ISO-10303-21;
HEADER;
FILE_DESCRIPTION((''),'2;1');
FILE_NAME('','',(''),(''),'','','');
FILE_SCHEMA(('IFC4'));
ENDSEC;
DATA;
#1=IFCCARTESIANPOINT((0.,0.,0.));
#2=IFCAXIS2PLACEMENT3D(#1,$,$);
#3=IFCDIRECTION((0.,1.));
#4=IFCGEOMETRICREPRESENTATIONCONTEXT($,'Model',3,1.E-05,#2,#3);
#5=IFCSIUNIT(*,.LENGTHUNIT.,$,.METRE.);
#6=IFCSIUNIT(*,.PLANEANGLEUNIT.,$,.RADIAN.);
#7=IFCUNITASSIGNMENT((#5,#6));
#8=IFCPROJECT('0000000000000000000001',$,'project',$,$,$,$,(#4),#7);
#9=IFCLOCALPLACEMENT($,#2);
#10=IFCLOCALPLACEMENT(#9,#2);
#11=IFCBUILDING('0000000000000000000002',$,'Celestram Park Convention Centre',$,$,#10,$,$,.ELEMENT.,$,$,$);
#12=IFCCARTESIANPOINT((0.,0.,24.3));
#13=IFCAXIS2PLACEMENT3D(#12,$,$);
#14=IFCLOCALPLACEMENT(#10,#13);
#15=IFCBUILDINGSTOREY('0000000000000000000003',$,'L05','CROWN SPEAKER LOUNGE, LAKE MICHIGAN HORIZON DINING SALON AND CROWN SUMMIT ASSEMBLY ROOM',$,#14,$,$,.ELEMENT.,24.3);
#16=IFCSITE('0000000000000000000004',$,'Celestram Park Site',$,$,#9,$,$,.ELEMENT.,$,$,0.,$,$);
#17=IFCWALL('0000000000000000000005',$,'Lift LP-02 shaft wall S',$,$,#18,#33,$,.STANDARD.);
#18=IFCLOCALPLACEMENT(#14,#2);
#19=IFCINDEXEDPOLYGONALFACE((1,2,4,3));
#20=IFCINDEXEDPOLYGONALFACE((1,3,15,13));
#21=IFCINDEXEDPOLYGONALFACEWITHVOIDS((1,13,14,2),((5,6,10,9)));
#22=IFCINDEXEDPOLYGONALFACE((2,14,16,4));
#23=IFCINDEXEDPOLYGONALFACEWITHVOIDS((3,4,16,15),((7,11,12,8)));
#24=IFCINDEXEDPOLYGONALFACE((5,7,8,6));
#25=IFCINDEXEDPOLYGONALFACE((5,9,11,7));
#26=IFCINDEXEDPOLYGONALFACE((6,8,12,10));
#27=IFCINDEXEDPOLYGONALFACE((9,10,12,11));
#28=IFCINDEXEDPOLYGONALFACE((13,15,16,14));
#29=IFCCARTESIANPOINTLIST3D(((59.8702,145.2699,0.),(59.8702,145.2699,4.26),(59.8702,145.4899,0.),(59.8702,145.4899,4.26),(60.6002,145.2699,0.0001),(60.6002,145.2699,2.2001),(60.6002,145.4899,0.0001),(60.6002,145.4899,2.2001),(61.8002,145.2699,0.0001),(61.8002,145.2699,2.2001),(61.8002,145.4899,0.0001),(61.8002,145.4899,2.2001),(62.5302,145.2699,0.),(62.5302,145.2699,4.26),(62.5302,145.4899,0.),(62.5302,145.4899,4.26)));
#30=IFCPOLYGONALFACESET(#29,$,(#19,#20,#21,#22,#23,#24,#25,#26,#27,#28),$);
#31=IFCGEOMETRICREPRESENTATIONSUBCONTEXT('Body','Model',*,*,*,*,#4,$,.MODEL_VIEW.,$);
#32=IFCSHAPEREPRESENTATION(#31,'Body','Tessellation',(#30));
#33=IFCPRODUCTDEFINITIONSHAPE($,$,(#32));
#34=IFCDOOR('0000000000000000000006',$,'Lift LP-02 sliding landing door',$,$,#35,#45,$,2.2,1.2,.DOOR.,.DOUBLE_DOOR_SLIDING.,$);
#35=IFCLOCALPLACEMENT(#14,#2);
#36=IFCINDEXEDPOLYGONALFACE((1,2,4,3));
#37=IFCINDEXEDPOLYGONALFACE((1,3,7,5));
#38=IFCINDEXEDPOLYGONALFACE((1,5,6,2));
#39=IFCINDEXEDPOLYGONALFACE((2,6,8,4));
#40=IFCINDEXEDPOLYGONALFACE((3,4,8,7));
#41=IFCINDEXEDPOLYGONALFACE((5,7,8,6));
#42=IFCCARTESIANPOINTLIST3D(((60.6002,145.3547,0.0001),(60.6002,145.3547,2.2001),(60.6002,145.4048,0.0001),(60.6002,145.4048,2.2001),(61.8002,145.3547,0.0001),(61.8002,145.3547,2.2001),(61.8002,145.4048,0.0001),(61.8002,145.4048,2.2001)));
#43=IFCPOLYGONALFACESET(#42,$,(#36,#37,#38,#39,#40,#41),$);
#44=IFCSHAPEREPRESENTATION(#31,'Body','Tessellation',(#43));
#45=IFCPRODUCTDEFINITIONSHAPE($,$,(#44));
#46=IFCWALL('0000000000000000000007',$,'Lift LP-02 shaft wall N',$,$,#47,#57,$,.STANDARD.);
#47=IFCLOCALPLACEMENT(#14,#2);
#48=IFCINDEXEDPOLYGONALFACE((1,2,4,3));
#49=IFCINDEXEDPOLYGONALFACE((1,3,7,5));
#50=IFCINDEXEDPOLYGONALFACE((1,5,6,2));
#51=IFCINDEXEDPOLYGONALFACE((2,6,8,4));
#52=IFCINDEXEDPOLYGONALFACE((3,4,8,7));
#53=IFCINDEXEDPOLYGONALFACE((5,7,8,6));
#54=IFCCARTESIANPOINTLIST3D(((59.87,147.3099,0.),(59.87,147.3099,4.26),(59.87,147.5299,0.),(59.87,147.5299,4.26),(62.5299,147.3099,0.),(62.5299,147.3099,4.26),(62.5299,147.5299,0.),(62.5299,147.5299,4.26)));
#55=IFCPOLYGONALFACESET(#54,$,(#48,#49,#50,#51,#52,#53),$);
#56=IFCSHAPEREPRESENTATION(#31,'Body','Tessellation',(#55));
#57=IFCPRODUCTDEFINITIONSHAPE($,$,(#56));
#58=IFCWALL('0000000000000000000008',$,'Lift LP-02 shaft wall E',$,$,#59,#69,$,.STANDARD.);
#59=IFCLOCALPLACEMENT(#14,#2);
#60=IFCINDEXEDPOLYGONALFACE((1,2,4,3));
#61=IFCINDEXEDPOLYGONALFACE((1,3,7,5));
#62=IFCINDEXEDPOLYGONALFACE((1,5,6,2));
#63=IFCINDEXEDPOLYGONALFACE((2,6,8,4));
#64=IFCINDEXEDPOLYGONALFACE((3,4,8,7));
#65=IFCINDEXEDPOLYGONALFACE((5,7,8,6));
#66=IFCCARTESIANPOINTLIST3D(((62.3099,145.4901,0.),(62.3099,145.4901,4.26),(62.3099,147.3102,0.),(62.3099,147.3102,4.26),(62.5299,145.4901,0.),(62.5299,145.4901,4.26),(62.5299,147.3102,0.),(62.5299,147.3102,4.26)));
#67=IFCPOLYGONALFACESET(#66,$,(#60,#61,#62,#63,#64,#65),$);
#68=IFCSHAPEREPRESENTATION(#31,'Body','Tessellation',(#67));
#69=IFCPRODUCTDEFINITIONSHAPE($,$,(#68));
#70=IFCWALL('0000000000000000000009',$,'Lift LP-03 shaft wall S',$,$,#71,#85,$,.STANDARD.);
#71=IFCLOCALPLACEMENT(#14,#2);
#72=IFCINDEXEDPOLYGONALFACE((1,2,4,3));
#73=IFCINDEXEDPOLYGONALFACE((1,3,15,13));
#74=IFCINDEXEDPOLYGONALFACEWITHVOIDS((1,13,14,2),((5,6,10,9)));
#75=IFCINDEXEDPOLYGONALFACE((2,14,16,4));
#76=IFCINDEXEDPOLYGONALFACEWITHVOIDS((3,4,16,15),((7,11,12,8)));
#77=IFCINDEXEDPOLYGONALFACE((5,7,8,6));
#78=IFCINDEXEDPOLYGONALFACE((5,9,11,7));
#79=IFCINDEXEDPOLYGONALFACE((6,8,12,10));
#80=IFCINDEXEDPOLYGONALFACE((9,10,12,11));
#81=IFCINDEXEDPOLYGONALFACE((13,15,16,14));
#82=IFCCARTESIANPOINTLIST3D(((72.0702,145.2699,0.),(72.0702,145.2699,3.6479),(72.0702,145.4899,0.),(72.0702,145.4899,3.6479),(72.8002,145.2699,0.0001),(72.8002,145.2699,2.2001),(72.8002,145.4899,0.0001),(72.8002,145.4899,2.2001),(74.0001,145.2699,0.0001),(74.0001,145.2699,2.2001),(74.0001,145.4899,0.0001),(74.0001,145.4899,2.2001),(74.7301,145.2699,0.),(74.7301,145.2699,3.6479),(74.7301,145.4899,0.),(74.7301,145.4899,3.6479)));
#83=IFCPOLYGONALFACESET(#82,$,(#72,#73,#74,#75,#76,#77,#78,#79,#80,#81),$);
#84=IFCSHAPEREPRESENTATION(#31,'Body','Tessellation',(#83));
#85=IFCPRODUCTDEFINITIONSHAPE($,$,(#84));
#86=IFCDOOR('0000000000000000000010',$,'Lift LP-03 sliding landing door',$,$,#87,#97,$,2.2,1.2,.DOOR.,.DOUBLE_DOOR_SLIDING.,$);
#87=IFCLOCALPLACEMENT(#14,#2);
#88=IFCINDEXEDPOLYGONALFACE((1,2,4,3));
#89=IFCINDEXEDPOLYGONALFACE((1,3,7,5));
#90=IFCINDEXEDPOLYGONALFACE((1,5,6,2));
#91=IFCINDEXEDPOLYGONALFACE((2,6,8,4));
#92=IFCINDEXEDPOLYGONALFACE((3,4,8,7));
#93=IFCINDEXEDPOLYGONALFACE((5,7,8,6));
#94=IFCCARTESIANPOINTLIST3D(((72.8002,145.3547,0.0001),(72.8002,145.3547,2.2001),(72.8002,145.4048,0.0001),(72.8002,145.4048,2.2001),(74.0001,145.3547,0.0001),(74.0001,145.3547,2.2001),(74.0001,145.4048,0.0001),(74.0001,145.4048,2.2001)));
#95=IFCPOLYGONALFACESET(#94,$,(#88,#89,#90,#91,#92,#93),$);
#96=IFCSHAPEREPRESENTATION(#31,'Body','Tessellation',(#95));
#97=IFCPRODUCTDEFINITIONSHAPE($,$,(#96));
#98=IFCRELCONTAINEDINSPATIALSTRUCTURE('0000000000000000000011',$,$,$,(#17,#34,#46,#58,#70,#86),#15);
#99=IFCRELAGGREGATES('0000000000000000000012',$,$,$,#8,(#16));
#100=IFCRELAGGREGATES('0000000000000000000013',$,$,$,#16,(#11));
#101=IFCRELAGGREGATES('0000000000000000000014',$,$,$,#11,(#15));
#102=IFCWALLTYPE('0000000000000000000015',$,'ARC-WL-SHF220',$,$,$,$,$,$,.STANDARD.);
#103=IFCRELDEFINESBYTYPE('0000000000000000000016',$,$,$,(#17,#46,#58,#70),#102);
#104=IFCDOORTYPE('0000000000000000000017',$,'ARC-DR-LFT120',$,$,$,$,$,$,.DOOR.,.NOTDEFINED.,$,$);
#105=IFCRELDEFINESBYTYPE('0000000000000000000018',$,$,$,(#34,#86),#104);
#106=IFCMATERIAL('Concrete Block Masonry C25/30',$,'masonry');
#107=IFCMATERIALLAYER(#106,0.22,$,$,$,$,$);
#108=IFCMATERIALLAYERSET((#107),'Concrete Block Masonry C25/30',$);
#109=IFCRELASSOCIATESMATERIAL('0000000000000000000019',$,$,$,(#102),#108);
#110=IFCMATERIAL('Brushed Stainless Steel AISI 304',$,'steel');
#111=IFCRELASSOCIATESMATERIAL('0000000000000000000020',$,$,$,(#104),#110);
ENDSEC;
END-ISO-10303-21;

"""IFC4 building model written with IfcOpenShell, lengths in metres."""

from ifc_helpers import new_model, si_unit, direction, frame, frame_2d, origin, place, context, subcontext, project, spatial, rectangle, extrude, material, layer, layer_set, type_object, element, fill, save


model = new_model("IFC4")

# Units and contexts
model_context = context("Model", 3, precision=1e-05, world=origin(), true_north=direction((0.0, 1.0)))
body_context = subcontext(model_context, "Body", "Model", "MODEL_VIEW")
ifc_project = project(units=[si_unit("LENGTHUNIT", "METRE"), si_unit("PLANEANGLEUNIT", "RADIAN")], contexts=[model_context])

# Site, building, storey
site_placement = place(None, origin())
site = spatial("IfcSite", under=ifc_project, at=site_placement, Name="Celestram Park Site", CompositionType="ELEMENT", RefElevation=0.0)
building_placement = place(site_placement, origin())
building = spatial("IfcBuilding", under=site, at=building_placement, Name="Celestram Park Convention Centre", CompositionType="ELEMENT")
storey_placement = place(building_placement, frame((0.0, 0.0, 24.3)))
storey = spatial("IfcBuildingStorey", under=building, at=storey_placement, Name="L05", Description="CROWN SPEAKER LOUNGE, LAKE MICHIGAN HORIZON DINING SALON AND CROWN SUMMIT ASSEMBLY ROOM", CompositionType="ELEMENT", Elevation=24.3)

# Shared definitions
ifc_material_1 = material(Name="Concrete Block Masonry C25/30", Category="masonry")
ifc_layer_1 = layer(ifc_material_1, 0.22)
ifc_layer_set_1 = layer_set([ifc_layer_1], Name="Concrete Block Masonry C25/30")
wall_type_1 = type_object("IfcWallType", Name="ARC-WL-SHF220", PredefinedType="STANDARD", material=ifc_layer_set_1)
ifc_material_2 = material(Name="Brushed Stainless Steel AISI 304", Category="steel")
door_type_1 = type_object("IfcDoorType", Name="ARC-DR-LFT120", OperationType="NOTDEFINED", PredefinedType="DOOR", material=ifc_material_2)

# Wall, opening, door
wall_1_placement = place(storey_placement, frame((59.8701, 145.3799, 0.0), z_axis=(0.0, 0.0, 1.0), x_axis=(1.0, 0.0, 0.0)))
wall_1 = element("IfcWall", 1, at=wall_1_placement, inside=storey, type_object=wall_type_1, Name="Lift LP-02 shaft wall S", PredefinedType="STANDARD", context=body_context, shape_type="SweptSolid", body=[
    extrude(rectangle(XDim=2.6599, YDim=0.22, at=frame_2d((1.3301, 0.0))), origin(), (0.0, 0.0, 1.0), 4.26),
])
opening_1_placement = place(wall_1_placement, frame((0.73, 0.0, 0.0)))
opening_1 = element("IfcOpeningElement", 2, at=opening_1_placement, cuts=wall_1, PredefinedType="OPENING", context=body_context, shape_type="SweptSolid", body=[
    extrude(rectangle(XDim=1.2, YDim=2.2, at=frame_2d((0.6001, 1.1001))), frame((0.0, 0.1199, 0.0), z_axis=(0.0, -1.0, 0.0), x_axis=(1.0, 0.0, 0.0)), (0.0, 0.0, 1.0), 0.24),
])
door_1_placement = place(opening_1_placement, origin())
door_1 = element("IfcDoor", 3, at=door_1_placement, inside=storey, type_object=door_type_1, Name="Lift LP-02 sliding landing door", OperationType="DOUBLE_DOOR_SLIDING", OverallHeight=2.2, OverallWidth=1.2, PredefinedType="DOOR", context=body_context, shape_type="SweptSolid", body=[
    extrude(rectangle(XDim=1.2, YDim=2.2, at=frame_2d((0.6001, 1.1001))), frame((0.0, 0.0249, 0.0), z_axis=(0.0, -1.0, 0.0), x_axis=(1.0, 0.0, 0.0)), (0.0, 0.0, 1.0), 0.05),
])
fill(opening_1, door_1)

# Walls
wall_2_placement = place(storey_placement, frame((62.53, 147.4199, 0.0), z_axis=(0.0, 0.0, 1.0), x_axis=(-1.0, 0.0, 0.0)))
element("IfcWall", 4, at=wall_2_placement, inside=storey, type_object=wall_type_1, Name="Lift LP-02 shaft wall N", PredefinedType="STANDARD", context=body_context, shape_type="SweptSolid", body=[
    extrude(rectangle(XDim=2.6599, YDim=0.22, at=frame_2d((1.3301, 0.0))), origin(), (0.0, 0.0, 1.0), 4.26),
])
for number, where, z_axis, x_axis, name in (
    (5, (62.4199, 145.49, 0.0), (0.0, 0.0, 1.0), (0.0, 1.0, 0.0), "Lift LP-02 shaft wall E"),
):
    element("IfcWall", number, at=place(storey_placement, frame(where, z_axis=z_axis, x_axis=x_axis)), inside=storey, type_object=wall_type_1, Name=name, PredefinedType="STANDARD", context=body_context, shape_type="SweptSolid", body=[
        extrude(rectangle(XDim=1.8201, YDim=0.22, at=frame_2d((0.9102, 0.0))), origin(), (0.0, 0.0, 1.0), 4.26),
    ])

# Wall, opening, door
wall_3_placement = place(storey_placement, frame((72.0701, 145.3799, 0.0), z_axis=(0.0, 0.0, 1.0), x_axis=(1.0, 0.0, 0.0)))
wall_3 = element("IfcWall", 6, at=wall_3_placement, inside=storey, type_object=wall_type_1, Name="Lift LP-03 shaft wall S", PredefinedType="STANDARD", context=body_context, shape_type="SweptSolid", body=[
    extrude(rectangle(XDim=2.6599, YDim=0.22, at=frame_2d((1.3301, 0.0))), origin(), (0.0, 0.0, 1.0), 3.6479),
])
opening_2_placement = place(wall_3_placement, frame((0.73, 0.0, 0.0)))
opening_2 = element("IfcOpeningElement", 7, at=opening_2_placement, cuts=wall_3, PredefinedType="OPENING", context=body_context, shape_type="SweptSolid", body=[
    extrude(rectangle(XDim=1.2, YDim=2.2, at=frame_2d((0.6001, 1.1001))), frame((0.0, 0.1199, 0.0), z_axis=(0.0, -1.0, 0.0), x_axis=(1.0, 0.0, 0.0)), (0.0, 0.0, 1.0), 0.24),
])
door_2_placement = place(opening_2_placement, origin())
door_2 = element("IfcDoor", 8, at=door_2_placement, inside=storey, type_object=door_type_1, Name="Lift LP-03 sliding landing door", OperationType="DOUBLE_DOOR_SLIDING", OverallHeight=2.2, OverallWidth=1.2, PredefinedType="DOOR", context=body_context, shape_type="SweptSolid", body=[
    extrude(rectangle(XDim=1.2, YDim=2.2, at=frame_2d((0.6001, 1.1001))), frame((0.0, 0.0249, 0.0), z_axis=(0.0, -1.0, 0.0), x_axis=(1.0, 0.0, 0.0)), (0.0, 0.0, 1.0), 0.05),
])
fill(opening_2, door_2)

save(model, "model.ifc")
